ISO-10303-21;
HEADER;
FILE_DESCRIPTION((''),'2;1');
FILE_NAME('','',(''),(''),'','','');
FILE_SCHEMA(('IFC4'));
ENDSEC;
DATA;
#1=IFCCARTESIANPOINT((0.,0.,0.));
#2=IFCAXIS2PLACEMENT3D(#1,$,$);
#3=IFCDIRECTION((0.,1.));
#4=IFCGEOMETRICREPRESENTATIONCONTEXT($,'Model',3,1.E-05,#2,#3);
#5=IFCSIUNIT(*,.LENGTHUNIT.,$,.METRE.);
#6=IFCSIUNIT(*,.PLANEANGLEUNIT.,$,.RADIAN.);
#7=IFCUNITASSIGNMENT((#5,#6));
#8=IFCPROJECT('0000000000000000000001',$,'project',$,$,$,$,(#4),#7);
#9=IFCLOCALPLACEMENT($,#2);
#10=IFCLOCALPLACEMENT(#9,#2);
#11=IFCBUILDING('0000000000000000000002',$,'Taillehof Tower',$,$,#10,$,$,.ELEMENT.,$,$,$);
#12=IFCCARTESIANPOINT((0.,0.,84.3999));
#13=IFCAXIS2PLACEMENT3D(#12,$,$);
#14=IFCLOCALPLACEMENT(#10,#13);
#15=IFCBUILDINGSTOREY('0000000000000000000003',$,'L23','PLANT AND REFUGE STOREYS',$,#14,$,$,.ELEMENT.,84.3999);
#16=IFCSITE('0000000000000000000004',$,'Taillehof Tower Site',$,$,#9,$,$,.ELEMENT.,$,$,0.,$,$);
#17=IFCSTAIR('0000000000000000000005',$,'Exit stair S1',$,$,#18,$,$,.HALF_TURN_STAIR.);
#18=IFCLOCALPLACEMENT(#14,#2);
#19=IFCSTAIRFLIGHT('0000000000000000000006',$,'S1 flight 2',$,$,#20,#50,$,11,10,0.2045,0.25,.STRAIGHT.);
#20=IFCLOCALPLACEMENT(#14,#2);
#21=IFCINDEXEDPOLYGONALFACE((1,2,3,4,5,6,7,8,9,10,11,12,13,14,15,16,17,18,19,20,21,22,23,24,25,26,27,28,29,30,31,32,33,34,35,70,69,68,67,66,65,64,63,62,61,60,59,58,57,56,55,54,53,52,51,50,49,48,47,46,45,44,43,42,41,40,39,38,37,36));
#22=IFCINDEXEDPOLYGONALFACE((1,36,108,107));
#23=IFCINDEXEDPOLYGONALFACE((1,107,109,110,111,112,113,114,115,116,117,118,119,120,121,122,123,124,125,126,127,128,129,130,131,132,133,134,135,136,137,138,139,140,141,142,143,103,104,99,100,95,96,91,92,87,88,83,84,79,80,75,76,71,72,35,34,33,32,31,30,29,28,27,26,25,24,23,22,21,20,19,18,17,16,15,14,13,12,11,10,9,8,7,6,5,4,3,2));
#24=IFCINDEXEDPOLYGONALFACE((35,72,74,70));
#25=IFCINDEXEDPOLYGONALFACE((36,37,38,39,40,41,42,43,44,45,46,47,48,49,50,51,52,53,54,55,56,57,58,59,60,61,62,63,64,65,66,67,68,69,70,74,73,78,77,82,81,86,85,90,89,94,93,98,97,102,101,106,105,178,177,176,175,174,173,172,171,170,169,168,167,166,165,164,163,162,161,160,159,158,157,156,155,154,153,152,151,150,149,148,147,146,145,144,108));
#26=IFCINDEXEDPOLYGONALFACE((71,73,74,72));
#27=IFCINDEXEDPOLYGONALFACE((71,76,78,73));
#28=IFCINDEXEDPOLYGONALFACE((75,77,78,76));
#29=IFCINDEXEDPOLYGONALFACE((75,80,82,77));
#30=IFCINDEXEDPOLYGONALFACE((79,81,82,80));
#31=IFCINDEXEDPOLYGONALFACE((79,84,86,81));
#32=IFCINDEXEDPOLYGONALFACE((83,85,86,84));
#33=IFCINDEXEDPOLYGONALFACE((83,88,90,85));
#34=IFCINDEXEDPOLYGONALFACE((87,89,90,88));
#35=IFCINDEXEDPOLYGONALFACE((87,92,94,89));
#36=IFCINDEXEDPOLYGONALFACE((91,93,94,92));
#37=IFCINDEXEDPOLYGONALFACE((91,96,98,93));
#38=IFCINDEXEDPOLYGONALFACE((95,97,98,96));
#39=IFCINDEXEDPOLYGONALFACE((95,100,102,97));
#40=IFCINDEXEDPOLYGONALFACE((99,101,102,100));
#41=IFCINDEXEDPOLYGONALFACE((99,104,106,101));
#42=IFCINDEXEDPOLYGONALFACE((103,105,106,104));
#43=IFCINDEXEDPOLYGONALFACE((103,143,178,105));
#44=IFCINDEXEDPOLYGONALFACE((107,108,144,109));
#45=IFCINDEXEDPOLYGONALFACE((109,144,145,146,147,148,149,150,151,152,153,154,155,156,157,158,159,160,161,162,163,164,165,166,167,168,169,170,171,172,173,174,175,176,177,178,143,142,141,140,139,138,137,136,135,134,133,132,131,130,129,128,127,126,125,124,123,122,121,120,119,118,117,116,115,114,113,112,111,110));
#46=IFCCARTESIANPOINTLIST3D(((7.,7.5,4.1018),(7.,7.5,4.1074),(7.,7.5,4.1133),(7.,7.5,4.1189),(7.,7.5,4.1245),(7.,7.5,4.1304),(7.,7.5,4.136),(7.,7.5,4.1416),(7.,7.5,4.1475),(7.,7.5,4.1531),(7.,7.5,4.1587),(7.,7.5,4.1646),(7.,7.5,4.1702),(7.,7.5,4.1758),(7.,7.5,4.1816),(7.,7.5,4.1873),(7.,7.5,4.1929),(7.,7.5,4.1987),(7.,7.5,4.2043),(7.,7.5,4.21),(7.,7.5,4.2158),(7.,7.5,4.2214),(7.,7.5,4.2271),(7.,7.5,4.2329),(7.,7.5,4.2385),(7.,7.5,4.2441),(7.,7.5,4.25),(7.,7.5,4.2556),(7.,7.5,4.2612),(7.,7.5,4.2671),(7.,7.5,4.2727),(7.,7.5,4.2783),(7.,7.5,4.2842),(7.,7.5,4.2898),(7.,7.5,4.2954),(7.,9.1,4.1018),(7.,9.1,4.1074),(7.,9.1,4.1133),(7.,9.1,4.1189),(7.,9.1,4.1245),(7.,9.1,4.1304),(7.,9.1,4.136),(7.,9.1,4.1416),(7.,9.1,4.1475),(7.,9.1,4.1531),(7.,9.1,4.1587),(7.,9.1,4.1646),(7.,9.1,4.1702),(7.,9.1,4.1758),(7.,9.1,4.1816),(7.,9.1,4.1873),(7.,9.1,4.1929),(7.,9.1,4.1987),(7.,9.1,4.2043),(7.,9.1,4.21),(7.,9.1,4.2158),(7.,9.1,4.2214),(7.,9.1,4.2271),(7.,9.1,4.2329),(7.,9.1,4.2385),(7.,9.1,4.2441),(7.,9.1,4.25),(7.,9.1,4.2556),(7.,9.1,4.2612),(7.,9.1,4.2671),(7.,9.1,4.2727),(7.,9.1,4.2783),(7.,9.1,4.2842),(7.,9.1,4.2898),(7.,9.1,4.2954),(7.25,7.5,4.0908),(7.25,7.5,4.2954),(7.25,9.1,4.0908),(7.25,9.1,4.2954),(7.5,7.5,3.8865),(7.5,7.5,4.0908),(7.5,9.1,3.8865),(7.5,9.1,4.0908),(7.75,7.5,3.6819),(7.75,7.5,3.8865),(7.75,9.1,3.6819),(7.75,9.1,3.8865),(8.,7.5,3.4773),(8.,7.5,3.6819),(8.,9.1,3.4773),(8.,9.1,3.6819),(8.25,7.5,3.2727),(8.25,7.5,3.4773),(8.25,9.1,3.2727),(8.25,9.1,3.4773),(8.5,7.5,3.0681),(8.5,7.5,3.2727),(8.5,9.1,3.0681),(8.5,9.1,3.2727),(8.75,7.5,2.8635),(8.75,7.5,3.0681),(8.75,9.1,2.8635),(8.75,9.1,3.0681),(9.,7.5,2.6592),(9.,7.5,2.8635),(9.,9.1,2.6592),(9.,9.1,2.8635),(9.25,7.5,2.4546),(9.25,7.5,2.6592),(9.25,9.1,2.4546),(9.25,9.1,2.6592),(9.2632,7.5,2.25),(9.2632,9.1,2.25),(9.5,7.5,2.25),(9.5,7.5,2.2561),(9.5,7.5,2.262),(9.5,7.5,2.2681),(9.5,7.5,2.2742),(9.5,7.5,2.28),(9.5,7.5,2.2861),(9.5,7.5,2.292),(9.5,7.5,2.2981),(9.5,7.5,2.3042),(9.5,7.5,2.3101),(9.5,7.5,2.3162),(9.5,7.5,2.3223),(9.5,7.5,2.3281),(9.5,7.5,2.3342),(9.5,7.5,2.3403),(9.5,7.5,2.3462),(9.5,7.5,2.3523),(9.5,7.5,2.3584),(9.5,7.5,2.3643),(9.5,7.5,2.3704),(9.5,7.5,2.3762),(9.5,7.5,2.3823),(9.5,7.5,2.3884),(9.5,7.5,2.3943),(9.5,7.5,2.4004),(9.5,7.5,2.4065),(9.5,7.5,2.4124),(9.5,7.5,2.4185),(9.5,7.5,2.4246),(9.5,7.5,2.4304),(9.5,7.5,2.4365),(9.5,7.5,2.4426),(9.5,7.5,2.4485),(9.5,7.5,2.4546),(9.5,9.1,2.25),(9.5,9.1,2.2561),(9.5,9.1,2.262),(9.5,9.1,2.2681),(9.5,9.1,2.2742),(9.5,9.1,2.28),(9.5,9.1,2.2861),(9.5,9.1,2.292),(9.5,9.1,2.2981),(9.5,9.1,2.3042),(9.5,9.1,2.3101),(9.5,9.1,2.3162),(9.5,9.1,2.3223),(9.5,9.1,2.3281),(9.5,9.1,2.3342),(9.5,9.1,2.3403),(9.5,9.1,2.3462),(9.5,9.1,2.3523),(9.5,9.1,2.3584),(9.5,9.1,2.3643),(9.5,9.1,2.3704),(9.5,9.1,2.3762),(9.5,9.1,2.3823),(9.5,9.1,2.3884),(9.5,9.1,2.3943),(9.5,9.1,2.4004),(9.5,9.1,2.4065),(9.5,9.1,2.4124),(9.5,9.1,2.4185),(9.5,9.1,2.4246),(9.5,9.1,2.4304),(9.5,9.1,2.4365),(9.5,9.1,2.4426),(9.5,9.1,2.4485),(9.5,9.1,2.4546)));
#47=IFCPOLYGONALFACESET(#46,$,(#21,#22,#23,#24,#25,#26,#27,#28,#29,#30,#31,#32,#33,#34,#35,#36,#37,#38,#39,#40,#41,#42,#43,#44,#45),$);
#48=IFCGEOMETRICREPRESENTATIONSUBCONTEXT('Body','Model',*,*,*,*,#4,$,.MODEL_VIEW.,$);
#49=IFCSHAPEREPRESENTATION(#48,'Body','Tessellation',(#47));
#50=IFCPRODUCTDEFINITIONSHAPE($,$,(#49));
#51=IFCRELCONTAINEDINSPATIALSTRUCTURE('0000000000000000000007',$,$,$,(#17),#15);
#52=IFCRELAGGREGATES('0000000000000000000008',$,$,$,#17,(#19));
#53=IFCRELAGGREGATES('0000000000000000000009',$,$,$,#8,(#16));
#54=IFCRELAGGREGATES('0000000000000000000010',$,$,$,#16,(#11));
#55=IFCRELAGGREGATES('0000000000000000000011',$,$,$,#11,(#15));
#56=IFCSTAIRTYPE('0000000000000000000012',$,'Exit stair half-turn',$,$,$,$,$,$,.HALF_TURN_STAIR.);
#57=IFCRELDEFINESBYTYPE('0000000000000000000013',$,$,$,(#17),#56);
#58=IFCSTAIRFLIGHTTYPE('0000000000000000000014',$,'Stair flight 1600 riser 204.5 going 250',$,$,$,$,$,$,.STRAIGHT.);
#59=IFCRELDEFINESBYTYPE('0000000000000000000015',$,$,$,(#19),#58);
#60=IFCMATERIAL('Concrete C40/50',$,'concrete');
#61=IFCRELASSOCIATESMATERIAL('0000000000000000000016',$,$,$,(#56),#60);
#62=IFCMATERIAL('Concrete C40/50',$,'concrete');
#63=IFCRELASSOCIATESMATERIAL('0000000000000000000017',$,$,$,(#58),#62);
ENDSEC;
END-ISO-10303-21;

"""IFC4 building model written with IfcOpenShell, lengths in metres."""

from ifc_helpers import new_model, si_unit, direction, frame, origin, place, context, subcontext, project, spatial, polyline, outline, extrude, material, type_object, element, aggregate, save


model = new_model("IFC4")

# Units and contexts
model_context = context("Model", 3, precision=1e-05, world=origin(), true_north=direction((0.0, 1.0)))
body_context = subcontext(model_context, "Body", "Model", "MODEL_VIEW")
ifc_project = project(units=[si_unit("LENGTHUNIT", "METRE"), si_unit("PLANEANGLEUNIT", "RADIAN")], contexts=[model_context])

# Site, building, storey
site_placement = place(None, origin())
site = spatial("IfcSite", under=ifc_project, at=site_placement, Name="Taillehof Tower Site", CompositionType="ELEMENT", RefElevation=0.0)
building_placement = place(site_placement, origin())
building = spatial("IfcBuilding", under=site, at=building_placement, Name="Taillehof Tower", CompositionType="ELEMENT")
storey_placement = place(building_placement, frame((0.0, 0.0, 84.3999)))
storey = spatial("IfcBuildingStorey", under=building, at=storey_placement, Name="L23", Description="PLANT AND REFUGE STOREYS", CompositionType="ELEMENT", Elevation=84.3999)

# Stair, stair flight
ifc_material_1 = material(Name="Concrete C40/50", Category="concrete")
stair_type = type_object("IfcStairType", Name="Exit stair half-turn", PredefinedType="HALF_TURN_STAIR", material=ifc_material_1)
stair_placement = place(storey_placement, origin())
stair = element("IfcStair", 1, at=stair_placement, inside=storey, type_object=stair_type, Name="Exit stair S1", PredefinedType="HALF_TURN_STAIR")
ifc_material_2 = material(Name="Concrete C40/50", Category="concrete")
stair_flight_type = type_object("IfcStairFlightType", Name="Stair flight 1600 riser 204.5 going 250", PredefinedType="STRAIGHT", material=ifc_material_2)
stair_flight_1_placement = place(storey_placement, frame((9.5, 8.3, 2.25), z_axis=(0.0, 0.0, 1.0), x_axis=(-1.0, 0.0, 0.0)))
stair_flight_1 = element("IfcStairFlight", 2, at=stair_flight_1_placement, type_object=stair_flight_type, Name="S1 flight 2", NumberOfRisers=11, NumberOfTreads=10, PredefinedType="STRAIGHT", RiserHeight=0.2045, TreadLength=0.25, context=body_context, shape_type="SweptSolid", body=[
    extrude(outline(polyline([(0.0, 0.0), (0.0, 0.0061), (0.0, 0.012), (0.0, 0.0181), (0.0, 0.0242), (0.0, 0.03), (0.0, 0.0361), (0.0, 0.042), (0.0, 0.0481), (0.0, 0.0542), (0.0, 0.0601), (0.0, 0.0662), (0.0, 0.0723), (0.0, 0.0781), (0.0, 0.0842), (0.0, 0.0903), (0.0, 0.0962), (0.0, 0.1023), (0.0, 0.1084), (0.0, 0.1143), (0.0, 0.1204), (0.0, 0.1262), (0.0, 0.1323), (0.0, 0.1384), (0.0, 0.1443), (0.0, 0.1504), (0.0, 0.1565), (0.0, 0.1624), (0.0, 0.1685), (0.0, 0.1746), (0.0, 0.1804), (0.0, 0.1865), (0.0, 0.1926), (0.0, 0.1985), (0.0, 0.2046), (0.25, 0.2046), (0.25, 0.4092), (0.5, 0.4092), (0.5, 0.6135), (0.75, 0.6135), (0.75, 0.8181), (1.0, 0.8181), (1.0, 1.0227), (1.25, 1.0227), (1.25, 1.2273), (1.5, 1.2273), (1.5, 1.4319), (1.75, 1.4319), (1.75, 1.6365), (2.0, 1.6365), (2.0, 1.8408), (2.25, 1.8408), (2.25, 2.0454), (2.5, 2.0454), (2.5, 2.0398), (2.5, 2.0342), (2.5, 2.0283), (2.5, 2.0227), (2.5, 2.0171), (2.5, 2.0112), (2.5, 2.0056), (2.5, 2.0), (2.5, 1.9941), (2.5, 1.9885), (2.5, 1.9829), (2.5, 1.9771), (2.5, 1.9714), (2.5, 1.9658), (2.5, 1.96), (2.5, 1.9543), (2.5, 1.9487), (2.5, 1.9429), (2.5, 1.9373), (2.5, 1.9316), (2.5, 1.9258), (2.5, 1.9202), (2.5, 1.9146), (2.5, 1.9087), (2.5, 1.9031), (2.5, 1.8975), (2.5, 1.8916), (2.5, 1.886), (2.5, 1.8804), (2.5, 1.8745), (2.5, 1.8689), (2.5, 1.8633), (2.5, 1.8574), (2.5, 1.8518), (0.2368, 0.0), (0.0, 0.0)])), frame((0.0, 0.8, 0.0), z_axis=(0.0, -1.0, 0.0), x_axis=(1.0, 0.0, 0.0)), (0.0, 0.0, 1.0), 1.6),
])
aggregate(stair, [stair_flight_1])

save(model, "model.ifc")
